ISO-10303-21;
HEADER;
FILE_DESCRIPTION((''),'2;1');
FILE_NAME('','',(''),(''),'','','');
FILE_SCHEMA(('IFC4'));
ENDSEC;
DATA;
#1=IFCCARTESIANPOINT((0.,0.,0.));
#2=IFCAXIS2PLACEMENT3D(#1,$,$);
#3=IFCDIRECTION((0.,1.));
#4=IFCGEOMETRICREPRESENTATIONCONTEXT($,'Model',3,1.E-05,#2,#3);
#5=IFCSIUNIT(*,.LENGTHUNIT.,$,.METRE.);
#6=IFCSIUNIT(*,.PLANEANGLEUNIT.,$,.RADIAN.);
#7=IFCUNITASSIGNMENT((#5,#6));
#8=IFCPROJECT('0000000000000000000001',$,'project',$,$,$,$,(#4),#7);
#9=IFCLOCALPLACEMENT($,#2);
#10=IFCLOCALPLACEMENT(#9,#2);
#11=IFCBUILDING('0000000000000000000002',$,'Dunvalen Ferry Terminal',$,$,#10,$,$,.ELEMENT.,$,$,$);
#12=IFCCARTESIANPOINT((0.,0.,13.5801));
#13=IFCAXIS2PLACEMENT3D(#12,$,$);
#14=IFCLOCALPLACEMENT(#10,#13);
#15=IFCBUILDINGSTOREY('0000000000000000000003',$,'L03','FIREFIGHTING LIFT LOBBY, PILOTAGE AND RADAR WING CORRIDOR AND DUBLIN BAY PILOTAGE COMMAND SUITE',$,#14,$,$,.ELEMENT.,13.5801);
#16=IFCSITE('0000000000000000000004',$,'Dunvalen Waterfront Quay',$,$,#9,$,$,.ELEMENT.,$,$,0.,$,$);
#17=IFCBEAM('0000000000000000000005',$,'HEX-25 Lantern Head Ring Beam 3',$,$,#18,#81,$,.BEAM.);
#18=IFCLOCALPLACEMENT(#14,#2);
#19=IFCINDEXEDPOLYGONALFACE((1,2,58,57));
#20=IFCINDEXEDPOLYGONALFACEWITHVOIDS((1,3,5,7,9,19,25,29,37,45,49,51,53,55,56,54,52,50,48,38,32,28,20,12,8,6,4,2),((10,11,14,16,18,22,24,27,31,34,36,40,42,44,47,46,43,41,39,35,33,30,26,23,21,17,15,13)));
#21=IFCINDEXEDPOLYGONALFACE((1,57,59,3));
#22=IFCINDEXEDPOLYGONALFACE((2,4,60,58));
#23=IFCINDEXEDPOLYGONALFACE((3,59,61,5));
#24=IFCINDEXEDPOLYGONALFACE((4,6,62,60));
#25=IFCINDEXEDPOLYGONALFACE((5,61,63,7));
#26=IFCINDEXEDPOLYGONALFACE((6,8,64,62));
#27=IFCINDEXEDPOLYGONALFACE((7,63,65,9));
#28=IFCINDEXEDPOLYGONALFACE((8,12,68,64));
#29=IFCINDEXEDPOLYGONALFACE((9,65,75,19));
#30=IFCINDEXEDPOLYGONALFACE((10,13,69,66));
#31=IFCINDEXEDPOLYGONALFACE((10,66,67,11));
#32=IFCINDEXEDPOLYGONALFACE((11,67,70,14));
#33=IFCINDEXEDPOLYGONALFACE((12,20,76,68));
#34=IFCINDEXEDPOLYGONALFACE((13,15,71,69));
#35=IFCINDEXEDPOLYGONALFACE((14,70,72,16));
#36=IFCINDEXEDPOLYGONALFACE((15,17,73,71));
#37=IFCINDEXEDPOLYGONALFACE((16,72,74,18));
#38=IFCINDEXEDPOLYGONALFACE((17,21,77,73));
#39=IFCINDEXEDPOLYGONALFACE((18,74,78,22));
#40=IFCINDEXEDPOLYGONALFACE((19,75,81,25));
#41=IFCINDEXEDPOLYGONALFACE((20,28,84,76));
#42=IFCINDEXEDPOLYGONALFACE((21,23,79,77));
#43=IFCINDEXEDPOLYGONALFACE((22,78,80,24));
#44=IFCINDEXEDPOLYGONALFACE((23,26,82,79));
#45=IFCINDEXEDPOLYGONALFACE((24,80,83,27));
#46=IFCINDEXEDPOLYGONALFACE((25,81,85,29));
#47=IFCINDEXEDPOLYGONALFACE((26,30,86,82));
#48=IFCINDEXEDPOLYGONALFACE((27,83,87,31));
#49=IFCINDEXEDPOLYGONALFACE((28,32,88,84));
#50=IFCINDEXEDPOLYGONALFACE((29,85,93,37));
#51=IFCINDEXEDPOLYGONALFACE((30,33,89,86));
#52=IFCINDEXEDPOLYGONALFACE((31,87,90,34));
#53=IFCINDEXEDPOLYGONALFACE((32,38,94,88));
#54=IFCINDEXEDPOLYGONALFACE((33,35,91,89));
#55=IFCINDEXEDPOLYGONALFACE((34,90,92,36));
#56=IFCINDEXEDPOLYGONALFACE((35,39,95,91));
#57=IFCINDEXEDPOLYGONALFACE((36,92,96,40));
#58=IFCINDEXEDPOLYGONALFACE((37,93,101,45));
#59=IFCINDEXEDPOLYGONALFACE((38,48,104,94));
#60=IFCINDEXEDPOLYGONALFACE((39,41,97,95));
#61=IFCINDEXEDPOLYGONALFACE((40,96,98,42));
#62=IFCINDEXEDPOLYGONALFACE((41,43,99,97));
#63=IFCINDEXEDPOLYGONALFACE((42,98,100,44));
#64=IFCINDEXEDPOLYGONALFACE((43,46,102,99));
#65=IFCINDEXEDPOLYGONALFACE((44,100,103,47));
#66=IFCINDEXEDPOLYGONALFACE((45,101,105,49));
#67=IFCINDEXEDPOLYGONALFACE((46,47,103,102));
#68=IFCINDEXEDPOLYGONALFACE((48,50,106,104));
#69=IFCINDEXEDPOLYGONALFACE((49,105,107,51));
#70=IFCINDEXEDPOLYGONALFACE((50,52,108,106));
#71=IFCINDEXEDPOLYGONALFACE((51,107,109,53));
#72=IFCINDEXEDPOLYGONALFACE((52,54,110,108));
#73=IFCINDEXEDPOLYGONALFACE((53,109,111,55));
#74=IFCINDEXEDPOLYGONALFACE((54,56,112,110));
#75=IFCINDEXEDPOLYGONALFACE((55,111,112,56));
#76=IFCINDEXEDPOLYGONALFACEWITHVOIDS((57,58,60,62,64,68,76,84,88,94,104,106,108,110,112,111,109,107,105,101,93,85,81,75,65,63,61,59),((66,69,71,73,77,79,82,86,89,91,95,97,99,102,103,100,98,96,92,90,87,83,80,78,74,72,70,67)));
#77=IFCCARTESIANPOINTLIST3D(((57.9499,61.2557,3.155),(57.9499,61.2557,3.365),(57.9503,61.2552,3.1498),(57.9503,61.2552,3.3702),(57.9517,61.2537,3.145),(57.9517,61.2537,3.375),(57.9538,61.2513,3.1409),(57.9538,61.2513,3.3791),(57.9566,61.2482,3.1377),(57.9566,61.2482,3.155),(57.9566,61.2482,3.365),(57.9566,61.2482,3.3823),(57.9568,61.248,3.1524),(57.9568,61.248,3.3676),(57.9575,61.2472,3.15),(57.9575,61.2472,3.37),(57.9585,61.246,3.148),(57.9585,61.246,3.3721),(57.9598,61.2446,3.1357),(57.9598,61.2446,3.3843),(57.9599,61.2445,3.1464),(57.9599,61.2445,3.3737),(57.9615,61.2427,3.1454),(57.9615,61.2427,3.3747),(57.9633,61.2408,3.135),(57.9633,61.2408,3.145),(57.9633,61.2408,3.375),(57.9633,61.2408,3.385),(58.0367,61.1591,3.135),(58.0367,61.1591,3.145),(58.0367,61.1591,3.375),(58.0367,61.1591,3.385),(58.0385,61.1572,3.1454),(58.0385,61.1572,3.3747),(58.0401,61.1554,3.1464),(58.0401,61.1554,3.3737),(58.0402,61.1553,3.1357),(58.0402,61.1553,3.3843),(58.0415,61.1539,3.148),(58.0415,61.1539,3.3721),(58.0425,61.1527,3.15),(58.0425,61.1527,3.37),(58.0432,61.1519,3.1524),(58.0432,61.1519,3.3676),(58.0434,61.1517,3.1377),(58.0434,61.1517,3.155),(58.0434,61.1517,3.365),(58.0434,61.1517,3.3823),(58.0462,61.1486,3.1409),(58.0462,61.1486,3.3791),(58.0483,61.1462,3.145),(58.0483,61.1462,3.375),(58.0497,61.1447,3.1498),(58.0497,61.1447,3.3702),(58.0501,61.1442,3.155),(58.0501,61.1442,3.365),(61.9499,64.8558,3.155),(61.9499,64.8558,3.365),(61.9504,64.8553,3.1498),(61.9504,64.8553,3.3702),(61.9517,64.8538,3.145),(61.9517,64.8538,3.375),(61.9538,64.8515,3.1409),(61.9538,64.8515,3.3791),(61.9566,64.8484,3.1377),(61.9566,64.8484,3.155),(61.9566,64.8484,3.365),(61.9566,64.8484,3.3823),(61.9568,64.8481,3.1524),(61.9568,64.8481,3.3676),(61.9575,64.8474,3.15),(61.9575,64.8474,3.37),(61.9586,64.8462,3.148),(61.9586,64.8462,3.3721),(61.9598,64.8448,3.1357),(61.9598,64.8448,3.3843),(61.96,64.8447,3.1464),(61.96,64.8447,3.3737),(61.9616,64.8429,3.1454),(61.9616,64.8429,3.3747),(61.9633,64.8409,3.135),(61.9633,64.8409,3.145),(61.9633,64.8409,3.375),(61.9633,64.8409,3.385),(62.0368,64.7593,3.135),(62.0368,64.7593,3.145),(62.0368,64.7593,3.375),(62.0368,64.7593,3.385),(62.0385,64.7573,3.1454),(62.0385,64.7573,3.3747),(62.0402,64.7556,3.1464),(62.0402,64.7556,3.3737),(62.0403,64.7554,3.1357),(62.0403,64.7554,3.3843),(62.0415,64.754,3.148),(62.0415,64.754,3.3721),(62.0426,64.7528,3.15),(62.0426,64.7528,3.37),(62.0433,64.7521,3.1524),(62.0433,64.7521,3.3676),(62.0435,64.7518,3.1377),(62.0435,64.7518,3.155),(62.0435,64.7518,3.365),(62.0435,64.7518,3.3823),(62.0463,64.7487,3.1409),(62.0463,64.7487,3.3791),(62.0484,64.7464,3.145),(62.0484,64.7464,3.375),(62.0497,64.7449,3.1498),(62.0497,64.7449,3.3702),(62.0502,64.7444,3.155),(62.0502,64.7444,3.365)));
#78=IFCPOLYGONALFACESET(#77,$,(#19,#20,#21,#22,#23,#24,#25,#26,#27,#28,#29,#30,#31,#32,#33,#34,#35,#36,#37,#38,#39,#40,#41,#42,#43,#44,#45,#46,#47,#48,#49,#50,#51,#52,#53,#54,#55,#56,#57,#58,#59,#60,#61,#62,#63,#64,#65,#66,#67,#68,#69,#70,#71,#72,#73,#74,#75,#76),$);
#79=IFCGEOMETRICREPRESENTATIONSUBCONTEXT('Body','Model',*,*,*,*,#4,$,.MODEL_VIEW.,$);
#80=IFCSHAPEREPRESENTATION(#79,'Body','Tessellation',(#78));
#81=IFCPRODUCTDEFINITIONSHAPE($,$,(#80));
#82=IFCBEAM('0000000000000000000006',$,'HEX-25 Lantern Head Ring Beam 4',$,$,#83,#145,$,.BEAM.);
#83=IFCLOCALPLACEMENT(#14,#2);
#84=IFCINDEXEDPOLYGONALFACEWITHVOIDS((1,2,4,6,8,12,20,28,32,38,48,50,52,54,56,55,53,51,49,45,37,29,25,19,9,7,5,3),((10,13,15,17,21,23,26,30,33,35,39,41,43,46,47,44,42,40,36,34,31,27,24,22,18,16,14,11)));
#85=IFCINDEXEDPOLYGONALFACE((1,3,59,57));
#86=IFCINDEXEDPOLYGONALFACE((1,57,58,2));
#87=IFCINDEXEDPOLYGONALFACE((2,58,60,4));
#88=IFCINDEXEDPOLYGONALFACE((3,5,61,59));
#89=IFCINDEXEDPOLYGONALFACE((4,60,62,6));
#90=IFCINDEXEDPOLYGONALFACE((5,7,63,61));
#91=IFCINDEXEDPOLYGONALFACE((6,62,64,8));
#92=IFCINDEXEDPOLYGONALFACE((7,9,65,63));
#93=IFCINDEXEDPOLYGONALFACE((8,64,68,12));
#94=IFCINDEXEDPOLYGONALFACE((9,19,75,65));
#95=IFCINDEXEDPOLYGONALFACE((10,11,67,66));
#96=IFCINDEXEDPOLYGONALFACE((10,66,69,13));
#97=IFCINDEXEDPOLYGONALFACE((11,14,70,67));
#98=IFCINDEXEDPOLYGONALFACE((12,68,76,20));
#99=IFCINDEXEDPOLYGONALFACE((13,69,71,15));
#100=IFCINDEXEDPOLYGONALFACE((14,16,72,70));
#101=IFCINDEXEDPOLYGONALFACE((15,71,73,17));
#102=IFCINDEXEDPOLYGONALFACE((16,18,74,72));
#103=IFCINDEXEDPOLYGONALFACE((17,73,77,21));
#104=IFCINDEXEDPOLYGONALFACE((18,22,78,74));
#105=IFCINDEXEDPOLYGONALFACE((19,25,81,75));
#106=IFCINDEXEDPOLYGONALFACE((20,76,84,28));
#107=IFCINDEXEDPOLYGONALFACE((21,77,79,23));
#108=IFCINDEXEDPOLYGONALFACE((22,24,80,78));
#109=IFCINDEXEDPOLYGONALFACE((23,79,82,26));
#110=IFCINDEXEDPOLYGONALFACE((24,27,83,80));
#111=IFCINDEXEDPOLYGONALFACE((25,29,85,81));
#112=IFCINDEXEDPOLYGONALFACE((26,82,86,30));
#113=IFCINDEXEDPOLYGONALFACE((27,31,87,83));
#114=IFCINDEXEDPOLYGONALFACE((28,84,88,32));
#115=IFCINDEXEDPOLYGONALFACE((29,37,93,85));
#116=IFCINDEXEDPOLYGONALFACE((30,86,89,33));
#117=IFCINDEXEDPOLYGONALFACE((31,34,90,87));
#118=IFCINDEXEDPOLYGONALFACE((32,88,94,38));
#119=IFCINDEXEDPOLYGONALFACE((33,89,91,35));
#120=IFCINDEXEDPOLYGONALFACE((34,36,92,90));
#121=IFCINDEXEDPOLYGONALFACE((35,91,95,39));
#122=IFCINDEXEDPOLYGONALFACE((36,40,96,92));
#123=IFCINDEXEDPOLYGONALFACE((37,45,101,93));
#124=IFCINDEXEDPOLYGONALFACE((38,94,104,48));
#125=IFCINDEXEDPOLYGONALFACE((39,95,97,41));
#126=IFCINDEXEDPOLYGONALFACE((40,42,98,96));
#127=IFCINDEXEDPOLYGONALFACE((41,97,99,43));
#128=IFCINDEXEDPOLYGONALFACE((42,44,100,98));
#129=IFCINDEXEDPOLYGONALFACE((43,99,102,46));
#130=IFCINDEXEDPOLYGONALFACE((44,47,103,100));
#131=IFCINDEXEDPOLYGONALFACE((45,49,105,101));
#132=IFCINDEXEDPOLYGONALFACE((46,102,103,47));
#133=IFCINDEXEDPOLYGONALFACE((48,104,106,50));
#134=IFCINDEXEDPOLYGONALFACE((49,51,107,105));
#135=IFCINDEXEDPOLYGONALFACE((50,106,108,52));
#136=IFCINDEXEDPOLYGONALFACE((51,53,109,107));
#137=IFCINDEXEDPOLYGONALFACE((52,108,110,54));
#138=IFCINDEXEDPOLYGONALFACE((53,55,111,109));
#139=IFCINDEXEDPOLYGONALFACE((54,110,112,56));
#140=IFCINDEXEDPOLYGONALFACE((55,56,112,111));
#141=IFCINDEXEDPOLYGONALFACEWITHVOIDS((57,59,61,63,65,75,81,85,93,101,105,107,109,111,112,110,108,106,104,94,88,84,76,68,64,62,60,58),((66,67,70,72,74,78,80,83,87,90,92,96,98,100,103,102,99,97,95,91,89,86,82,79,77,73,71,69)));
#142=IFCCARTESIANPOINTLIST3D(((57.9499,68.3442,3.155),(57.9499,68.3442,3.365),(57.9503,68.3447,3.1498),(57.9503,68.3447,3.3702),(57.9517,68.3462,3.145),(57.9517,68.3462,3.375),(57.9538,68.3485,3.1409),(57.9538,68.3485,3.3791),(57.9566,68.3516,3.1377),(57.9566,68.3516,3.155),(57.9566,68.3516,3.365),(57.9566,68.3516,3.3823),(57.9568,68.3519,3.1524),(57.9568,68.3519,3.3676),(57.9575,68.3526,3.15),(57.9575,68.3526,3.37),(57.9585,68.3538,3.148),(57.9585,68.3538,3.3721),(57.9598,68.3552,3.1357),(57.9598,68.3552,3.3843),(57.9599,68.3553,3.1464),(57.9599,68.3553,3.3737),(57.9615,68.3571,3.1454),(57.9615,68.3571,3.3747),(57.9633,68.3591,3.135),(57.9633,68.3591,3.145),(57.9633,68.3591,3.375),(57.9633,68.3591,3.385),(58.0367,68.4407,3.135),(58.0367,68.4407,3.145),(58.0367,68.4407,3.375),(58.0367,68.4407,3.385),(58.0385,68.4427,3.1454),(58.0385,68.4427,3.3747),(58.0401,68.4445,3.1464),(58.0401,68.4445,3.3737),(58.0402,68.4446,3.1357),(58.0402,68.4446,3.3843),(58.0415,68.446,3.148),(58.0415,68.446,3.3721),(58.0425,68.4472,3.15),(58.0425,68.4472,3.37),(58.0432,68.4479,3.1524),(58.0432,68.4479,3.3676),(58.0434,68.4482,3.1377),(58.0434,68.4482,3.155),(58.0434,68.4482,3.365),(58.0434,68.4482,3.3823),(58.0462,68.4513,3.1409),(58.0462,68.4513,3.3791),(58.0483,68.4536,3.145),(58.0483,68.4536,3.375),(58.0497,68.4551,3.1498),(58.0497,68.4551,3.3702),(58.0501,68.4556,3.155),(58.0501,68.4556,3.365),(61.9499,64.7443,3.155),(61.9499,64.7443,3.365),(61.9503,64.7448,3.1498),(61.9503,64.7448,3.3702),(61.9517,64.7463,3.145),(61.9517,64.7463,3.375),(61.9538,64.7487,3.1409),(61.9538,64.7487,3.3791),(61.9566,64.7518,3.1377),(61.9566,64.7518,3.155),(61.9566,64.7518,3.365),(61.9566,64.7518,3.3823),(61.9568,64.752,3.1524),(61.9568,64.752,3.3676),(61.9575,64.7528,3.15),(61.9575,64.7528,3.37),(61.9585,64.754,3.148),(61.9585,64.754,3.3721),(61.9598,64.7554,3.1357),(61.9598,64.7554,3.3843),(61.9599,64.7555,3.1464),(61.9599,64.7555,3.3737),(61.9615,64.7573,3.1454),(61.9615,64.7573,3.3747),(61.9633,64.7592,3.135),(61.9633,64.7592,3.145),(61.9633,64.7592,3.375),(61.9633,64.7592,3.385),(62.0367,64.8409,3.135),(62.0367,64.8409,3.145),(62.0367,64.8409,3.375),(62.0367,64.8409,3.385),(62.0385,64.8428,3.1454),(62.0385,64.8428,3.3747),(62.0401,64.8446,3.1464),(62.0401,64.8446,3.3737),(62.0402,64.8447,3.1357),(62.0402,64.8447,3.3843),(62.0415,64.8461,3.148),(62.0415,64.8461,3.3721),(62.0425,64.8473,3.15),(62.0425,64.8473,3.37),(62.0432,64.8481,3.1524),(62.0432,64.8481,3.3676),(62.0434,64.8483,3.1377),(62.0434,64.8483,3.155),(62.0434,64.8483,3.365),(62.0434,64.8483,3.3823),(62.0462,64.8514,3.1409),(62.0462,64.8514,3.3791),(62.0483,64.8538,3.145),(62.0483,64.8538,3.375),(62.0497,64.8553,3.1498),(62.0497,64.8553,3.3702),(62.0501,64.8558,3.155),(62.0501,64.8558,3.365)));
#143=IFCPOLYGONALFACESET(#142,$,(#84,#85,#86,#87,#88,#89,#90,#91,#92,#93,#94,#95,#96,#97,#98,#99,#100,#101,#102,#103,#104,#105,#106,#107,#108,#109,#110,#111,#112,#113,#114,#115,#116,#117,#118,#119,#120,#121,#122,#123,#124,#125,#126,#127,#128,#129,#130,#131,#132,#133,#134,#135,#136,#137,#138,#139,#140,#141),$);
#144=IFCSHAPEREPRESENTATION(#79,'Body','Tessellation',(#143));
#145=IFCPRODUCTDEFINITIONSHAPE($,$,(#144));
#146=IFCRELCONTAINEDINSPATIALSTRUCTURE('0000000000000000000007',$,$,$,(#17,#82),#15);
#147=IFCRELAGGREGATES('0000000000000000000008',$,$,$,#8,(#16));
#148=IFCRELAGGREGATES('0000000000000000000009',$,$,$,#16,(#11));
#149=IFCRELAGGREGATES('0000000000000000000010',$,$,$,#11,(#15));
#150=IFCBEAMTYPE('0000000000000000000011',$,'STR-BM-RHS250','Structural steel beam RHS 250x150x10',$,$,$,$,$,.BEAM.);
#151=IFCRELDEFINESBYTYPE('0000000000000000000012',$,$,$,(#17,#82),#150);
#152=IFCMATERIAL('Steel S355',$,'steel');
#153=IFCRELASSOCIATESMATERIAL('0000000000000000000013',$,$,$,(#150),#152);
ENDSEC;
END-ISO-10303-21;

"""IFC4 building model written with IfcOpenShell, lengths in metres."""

from ifc_helpers import new_model, si_unit, direction, frame, origin, origin_2d, place, context, subcontext, project, spatial, hollow_rectangle, extrude, material, material_profile, profile_set, type_object, element, save


model = new_model("IFC4")

# Units and contexts
model_context = context("Model", 3, precision=1e-05, world=origin(), true_north=direction((0.0, 1.0)))
body_context = subcontext(model_context, "Body", "Model", "MODEL_VIEW")
ifc_project = project(units=[si_unit("LENGTHUNIT", "METRE"), si_unit("PLANEANGLEUNIT", "RADIAN")], contexts=[model_context])

# Site, building, storey
site_placement = place(None, origin())
site = spatial("IfcSite", under=ifc_project, at=site_placement, Name="Dunvalen Waterfront Quay", CompositionType="ELEMENT", RefElevation=0.0)
building_placement = place(site_placement, origin())
building = spatial("IfcBuilding", under=site, at=building_placement, Name="Dunvalen Ferry Terminal", CompositionType="ELEMENT")
storey_placement = place(building_placement, frame((0.0, 0.0, 13.5801)))
storey = spatial("IfcBuildingStorey", under=building, at=storey_placement, Name="L03", Description="FIREFIGHTING LIFT LOBBY, PILOTAGE AND RADAR WING CORRIDOR AND DUBLIN BAY PILOTAGE COMMAND SUITE", CompositionType="ELEMENT", Elevation=13.5801)

# Beams
ifc_material_1 = material(Name="Steel S355", Category="steel")
ifc_material_profile_1 = material_profile(ifc_material_1, hollow_rectangle(XDim=0.1499, YDim=0.25, WallThickness=0.01, InnerFilletRadius=0.01, OuterFilletRadius=0.02, at=origin_2d()), Name="Steel S355")
ifc_profile_set_1 = profile_set([ifc_material_profile_1], Name="Steel S355")
beam_type = type_object("IfcBeamType", Name="STR-BM-RHS250", Description="Structural steel beam RHS 250x150x10", PredefinedType="BEAM", material=ifc_profile_set_1)
beam_1_placement = place(storey_placement, frame((58.0, 61.2, 3.26), z_axis=(0.743285, 0.668975, 0.0), x_axis=(-0.668975, 0.743285, 0.0)))
element("IfcBeam", 1, at=beam_1_placement, inside=storey, type_object=beam_type, Name="HEX-25 Lantern Head Ring Beam 3", PredefinedType="BEAM", context=body_context, shape_type="SweptSolid", body=[
    extrude(hollow_rectangle(XDim=0.1499, YDim=0.25, WallThickness=0.01, InnerFilletRadius=0.01, OuterFilletRadius=0.02, at=origin_2d()), origin(), (0.0, 0.0, 1.0), 5.3816),
])
beam_2_placement = place(storey_placement, frame((62.0, 64.8, 3.26), z_axis=(-0.743308, 0.66895, 0.0), x_axis=(-0.66895, -0.743308, 0.0)))
element("IfcBeam", 2, at=beam_2_placement, inside=storey, type_object=beam_type, Name="HEX-25 Lantern Head Ring Beam 4", PredefinedType="BEAM", context=body_context, shape_type="SweptSolid", body=[
    extrude(hollow_rectangle(XDim=0.1499, YDim=0.25, WallThickness=0.01, InnerFilletRadius=0.01, OuterFilletRadius=0.02, at=origin_2d()), origin(), (0.0, 0.0, 1.0), 5.3813),
])

save(model, "model.ifc")
